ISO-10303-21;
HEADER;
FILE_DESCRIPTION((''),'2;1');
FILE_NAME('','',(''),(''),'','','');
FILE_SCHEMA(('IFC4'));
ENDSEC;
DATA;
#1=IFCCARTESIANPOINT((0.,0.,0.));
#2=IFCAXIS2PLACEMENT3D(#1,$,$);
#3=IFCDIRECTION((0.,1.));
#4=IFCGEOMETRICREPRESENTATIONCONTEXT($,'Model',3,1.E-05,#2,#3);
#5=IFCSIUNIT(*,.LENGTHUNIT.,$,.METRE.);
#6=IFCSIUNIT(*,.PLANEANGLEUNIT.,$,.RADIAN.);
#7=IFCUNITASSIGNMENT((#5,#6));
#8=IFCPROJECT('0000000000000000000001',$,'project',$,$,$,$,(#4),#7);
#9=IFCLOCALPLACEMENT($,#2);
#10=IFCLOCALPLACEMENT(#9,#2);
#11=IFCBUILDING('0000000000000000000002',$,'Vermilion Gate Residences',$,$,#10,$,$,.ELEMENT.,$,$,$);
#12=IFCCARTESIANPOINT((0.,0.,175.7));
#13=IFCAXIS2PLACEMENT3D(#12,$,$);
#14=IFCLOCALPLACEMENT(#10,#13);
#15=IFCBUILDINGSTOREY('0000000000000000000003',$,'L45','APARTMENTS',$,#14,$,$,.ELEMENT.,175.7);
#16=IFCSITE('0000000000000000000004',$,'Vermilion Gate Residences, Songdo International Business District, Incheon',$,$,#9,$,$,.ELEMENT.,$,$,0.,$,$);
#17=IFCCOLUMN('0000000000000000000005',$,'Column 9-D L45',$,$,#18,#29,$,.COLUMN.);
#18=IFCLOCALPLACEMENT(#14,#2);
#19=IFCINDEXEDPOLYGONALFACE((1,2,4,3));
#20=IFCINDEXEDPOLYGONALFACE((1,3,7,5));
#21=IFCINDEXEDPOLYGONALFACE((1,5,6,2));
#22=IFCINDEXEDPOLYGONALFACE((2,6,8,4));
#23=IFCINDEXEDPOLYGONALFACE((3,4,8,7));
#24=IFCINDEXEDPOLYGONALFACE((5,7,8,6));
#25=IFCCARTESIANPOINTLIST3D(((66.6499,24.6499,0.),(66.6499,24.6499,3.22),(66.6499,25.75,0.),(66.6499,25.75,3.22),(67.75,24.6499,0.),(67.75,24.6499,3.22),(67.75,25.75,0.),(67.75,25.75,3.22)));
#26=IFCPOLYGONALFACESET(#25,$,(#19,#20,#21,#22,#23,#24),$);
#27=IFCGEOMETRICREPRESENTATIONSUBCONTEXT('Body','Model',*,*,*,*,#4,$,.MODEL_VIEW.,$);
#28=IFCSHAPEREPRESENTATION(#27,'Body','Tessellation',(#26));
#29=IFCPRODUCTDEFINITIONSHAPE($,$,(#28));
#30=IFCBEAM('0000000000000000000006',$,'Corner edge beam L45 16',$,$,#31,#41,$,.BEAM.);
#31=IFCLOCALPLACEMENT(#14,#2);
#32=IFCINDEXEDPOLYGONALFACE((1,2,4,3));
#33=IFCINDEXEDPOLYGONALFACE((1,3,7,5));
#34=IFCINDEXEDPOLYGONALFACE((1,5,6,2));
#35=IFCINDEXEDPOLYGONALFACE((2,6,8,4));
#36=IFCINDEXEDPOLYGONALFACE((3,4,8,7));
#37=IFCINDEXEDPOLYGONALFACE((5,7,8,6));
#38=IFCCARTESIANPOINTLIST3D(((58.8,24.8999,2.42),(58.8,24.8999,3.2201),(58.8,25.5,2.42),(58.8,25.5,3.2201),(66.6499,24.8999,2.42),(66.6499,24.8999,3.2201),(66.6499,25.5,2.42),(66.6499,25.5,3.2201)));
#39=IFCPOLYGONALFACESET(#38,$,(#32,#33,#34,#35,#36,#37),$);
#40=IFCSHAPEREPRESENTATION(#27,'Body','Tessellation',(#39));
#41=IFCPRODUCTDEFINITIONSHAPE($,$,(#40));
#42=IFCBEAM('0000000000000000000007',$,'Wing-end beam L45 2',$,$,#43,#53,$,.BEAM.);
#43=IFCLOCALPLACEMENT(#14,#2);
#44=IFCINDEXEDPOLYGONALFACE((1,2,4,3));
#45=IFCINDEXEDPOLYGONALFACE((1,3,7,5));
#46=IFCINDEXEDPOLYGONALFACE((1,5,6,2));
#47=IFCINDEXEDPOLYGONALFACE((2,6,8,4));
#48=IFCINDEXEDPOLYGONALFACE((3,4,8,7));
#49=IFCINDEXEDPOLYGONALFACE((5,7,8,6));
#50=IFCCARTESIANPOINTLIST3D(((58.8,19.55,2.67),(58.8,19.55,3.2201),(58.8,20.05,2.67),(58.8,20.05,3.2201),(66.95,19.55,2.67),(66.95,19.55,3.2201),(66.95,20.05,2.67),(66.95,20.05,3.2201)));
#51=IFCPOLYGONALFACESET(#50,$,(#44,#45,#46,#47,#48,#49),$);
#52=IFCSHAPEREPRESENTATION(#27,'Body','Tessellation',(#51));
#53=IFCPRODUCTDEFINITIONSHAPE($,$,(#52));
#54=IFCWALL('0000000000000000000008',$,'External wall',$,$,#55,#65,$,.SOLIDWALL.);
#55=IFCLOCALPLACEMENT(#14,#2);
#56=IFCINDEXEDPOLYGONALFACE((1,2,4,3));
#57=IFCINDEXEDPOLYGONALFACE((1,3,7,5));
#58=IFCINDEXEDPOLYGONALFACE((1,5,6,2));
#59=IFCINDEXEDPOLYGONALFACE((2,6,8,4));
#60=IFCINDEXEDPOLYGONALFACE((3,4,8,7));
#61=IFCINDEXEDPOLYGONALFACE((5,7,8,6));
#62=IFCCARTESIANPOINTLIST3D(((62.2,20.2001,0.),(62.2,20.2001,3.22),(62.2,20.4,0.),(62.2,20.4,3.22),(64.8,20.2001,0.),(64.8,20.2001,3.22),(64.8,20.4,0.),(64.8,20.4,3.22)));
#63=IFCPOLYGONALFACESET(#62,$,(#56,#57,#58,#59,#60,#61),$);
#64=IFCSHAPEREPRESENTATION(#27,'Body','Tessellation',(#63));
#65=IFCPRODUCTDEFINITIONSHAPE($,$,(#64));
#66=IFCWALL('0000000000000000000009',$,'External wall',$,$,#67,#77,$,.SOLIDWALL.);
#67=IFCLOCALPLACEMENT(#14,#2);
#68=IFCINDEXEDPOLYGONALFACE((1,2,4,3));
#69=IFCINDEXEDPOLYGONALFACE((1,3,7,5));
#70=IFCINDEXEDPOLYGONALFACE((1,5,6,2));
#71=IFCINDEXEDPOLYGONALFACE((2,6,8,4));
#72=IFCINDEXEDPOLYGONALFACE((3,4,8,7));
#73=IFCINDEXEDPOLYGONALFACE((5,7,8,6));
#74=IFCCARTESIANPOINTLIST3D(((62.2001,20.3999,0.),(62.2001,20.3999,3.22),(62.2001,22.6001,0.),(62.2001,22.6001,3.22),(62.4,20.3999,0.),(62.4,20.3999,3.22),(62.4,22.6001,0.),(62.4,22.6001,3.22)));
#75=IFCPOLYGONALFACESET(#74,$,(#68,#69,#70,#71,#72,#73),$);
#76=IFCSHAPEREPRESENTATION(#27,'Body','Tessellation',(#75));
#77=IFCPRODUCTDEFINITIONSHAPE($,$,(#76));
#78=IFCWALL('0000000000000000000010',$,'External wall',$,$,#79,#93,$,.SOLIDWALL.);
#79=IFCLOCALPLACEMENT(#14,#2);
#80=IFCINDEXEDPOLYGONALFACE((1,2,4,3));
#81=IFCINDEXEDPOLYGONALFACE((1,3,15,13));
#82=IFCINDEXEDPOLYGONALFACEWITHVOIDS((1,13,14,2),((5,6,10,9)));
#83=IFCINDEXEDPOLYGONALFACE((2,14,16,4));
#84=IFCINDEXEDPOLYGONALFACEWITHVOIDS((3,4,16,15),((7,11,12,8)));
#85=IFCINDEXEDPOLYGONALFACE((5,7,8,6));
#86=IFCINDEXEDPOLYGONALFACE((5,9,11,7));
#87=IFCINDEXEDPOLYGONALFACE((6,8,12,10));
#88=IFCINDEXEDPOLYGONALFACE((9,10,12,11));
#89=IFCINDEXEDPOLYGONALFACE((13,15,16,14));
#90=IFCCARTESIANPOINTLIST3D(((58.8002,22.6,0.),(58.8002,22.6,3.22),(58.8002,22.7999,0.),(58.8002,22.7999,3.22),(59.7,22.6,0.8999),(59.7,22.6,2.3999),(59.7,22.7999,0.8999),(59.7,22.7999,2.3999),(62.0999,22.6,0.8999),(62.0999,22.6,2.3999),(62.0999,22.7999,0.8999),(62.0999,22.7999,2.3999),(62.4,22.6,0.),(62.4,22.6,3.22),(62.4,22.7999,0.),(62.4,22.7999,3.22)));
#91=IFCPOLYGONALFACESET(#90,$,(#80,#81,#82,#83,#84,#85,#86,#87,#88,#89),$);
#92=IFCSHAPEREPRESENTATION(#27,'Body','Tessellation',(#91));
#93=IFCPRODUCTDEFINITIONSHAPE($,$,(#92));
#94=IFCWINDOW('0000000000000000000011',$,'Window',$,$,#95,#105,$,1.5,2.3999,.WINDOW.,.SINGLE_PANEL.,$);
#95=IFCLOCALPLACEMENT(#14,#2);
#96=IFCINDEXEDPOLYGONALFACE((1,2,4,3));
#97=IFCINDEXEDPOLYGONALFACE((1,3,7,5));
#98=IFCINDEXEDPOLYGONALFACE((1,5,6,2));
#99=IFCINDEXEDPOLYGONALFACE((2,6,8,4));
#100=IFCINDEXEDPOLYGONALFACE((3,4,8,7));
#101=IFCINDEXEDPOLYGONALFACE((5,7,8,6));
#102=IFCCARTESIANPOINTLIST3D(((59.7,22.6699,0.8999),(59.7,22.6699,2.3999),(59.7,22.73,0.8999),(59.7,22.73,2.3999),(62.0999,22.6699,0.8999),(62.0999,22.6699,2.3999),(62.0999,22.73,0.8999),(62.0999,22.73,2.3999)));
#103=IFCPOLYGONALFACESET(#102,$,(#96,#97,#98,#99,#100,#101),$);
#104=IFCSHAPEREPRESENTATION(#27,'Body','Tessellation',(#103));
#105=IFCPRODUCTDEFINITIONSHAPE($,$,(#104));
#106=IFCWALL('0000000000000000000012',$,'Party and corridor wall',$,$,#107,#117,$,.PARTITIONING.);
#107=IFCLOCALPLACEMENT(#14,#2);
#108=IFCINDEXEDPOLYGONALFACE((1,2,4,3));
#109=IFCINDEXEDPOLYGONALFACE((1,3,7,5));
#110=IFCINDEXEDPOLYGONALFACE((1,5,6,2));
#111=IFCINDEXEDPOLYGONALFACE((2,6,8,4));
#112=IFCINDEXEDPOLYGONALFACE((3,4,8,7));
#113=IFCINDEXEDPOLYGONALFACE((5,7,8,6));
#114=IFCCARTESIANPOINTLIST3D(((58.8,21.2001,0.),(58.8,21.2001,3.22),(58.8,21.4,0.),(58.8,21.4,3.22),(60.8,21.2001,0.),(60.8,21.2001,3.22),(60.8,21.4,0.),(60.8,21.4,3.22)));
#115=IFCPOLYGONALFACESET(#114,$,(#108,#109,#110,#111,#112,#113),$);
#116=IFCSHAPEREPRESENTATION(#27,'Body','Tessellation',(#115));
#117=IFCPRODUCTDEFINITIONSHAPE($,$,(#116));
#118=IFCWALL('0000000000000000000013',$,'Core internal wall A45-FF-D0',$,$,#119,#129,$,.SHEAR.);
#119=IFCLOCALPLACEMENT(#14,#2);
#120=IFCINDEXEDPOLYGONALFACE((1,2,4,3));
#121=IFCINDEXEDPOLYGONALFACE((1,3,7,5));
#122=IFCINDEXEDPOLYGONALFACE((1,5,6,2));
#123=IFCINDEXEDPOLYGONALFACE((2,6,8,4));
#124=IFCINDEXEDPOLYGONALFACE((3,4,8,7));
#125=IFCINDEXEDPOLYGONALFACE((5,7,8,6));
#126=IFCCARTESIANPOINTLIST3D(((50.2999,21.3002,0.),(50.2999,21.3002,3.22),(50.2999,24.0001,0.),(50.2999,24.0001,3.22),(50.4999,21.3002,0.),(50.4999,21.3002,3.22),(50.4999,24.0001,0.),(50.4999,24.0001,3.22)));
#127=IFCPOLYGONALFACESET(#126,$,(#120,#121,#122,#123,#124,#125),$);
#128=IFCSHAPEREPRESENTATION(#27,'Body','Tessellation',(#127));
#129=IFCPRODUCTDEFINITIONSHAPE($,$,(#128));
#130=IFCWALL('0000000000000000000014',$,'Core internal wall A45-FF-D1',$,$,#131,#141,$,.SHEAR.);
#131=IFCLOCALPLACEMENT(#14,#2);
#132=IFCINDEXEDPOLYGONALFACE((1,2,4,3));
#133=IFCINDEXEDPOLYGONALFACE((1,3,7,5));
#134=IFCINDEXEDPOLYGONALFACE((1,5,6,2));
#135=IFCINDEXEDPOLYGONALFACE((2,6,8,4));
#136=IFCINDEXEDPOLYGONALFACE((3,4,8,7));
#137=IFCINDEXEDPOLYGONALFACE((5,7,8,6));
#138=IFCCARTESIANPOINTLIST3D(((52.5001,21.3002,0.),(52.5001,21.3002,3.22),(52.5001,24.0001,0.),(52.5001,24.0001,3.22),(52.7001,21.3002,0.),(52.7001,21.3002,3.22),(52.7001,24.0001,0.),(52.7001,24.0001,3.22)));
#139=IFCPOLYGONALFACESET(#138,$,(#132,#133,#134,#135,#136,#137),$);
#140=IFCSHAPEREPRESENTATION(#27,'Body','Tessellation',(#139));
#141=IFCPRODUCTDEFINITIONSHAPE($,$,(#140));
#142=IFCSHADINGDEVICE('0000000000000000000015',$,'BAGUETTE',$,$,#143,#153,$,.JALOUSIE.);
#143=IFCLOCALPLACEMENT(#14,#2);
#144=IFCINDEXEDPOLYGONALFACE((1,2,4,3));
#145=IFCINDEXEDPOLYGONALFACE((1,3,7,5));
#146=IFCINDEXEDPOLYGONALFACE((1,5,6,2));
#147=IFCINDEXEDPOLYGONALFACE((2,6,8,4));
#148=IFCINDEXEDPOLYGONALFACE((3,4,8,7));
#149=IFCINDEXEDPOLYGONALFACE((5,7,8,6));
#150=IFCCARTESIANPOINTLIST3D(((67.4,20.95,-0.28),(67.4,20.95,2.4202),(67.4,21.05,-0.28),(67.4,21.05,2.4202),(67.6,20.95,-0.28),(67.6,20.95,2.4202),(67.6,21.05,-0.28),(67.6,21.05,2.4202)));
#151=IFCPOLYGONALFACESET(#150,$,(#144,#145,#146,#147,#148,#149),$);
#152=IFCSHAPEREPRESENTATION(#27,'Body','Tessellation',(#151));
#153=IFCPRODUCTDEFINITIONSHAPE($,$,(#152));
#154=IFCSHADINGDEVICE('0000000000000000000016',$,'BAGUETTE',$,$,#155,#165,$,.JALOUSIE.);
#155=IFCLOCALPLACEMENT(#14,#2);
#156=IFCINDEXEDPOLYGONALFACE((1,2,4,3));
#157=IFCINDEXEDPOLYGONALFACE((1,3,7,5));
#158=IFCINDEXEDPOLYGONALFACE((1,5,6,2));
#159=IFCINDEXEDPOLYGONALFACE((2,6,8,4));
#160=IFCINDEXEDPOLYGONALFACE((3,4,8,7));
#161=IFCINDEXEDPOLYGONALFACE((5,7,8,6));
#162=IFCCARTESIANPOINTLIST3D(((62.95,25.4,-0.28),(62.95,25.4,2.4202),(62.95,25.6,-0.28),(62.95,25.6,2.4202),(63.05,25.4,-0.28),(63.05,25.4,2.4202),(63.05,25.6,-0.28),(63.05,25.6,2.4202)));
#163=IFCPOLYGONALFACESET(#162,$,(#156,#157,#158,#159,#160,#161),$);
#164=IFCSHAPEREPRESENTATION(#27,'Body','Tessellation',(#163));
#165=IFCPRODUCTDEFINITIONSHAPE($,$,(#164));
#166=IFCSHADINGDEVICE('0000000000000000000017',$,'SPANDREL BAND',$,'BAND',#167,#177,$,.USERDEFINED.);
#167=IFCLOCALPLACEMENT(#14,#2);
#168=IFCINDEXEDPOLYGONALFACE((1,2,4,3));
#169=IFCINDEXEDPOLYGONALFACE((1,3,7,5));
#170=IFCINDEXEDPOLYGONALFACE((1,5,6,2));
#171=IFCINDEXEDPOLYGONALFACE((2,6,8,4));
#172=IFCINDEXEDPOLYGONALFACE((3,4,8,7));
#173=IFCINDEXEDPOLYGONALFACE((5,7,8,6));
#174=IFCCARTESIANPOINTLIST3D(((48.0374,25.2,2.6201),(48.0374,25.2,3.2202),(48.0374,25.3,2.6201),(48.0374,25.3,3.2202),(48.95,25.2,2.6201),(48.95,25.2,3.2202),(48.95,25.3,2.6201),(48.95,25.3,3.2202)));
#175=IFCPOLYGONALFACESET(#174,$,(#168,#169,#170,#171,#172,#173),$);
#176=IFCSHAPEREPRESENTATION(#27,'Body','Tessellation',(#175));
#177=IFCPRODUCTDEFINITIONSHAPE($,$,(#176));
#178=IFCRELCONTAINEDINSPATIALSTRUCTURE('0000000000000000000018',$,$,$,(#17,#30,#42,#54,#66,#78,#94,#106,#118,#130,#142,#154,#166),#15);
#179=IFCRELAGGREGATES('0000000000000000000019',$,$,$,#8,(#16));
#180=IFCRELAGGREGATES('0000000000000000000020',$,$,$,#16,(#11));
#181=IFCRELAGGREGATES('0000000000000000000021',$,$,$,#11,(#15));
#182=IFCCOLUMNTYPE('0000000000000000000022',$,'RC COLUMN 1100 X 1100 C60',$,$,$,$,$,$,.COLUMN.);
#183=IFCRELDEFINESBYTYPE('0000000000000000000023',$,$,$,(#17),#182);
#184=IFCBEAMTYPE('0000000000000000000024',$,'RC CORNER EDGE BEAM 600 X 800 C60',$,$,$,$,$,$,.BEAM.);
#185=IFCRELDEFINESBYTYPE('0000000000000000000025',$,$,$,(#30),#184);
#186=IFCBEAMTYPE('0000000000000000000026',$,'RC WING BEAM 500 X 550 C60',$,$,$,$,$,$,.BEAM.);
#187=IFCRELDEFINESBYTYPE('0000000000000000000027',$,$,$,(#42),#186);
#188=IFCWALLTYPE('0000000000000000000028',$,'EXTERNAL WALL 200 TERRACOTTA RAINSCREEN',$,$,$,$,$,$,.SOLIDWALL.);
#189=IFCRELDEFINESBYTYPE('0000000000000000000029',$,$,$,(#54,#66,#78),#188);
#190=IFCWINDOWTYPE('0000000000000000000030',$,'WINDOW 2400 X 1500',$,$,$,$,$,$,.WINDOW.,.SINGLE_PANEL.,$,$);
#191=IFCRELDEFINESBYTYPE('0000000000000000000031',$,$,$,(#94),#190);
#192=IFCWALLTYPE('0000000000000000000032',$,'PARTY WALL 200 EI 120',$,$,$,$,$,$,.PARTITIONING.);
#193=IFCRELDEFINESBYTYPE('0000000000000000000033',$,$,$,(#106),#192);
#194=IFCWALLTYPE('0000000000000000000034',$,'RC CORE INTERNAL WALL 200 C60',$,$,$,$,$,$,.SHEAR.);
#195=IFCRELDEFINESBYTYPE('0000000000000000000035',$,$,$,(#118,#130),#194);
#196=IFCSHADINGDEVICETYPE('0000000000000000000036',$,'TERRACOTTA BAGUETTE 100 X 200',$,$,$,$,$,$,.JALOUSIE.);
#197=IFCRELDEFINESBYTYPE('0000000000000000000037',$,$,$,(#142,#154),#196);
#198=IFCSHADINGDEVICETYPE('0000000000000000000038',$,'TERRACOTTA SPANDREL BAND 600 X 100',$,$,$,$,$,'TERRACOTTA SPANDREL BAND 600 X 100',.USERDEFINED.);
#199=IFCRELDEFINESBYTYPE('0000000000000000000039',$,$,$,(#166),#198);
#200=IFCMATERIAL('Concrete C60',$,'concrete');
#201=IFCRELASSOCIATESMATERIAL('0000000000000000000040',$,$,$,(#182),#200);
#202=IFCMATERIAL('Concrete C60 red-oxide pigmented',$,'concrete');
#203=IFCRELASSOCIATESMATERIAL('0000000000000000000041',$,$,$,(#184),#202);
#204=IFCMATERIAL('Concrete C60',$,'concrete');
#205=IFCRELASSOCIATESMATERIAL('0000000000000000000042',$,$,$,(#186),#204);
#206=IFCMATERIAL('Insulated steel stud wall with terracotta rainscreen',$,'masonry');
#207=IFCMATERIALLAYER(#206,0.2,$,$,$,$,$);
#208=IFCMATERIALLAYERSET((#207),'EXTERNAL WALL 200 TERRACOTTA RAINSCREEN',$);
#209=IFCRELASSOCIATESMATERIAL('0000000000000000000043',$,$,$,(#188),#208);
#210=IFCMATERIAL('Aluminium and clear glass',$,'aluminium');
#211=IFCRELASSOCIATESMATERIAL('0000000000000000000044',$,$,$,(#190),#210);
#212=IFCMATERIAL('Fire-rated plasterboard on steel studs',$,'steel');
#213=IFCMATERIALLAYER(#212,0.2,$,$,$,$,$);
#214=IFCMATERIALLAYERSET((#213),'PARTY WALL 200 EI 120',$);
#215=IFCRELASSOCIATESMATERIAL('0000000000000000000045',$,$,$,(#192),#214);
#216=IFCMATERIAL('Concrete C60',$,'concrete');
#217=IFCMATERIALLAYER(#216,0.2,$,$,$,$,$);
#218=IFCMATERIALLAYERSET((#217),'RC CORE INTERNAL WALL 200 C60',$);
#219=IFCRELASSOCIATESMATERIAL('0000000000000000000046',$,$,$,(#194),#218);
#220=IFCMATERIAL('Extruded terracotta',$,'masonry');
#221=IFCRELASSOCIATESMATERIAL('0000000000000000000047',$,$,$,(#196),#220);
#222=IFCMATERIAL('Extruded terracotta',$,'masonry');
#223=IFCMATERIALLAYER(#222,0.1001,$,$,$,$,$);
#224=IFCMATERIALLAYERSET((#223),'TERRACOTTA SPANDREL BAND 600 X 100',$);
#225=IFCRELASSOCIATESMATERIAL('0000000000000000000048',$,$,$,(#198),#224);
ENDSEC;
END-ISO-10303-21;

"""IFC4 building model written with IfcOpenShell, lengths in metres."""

from ifc_helpers import new_model, si_unit, direction, frame, frame_2d, origin, origin_2d, place, context, subcontext, project, spatial, rectangle, extrude, material, layer, layer_set, material_profile, profile_set, type_object, element, fill, save


model = new_model("IFC4")

# Units and contexts
model_context = context("Model", 3, precision=1e-05, world=origin(), true_north=direction((0.0, 1.0)))
body_context = subcontext(model_context, "Body", "Model", "MODEL_VIEW")
ifc_project = project(units=[si_unit("LENGTHUNIT", "METRE"), si_unit("PLANEANGLEUNIT", "RADIAN")], contexts=[model_context])

# Site, building, storey
site_placement = place(None, origin())
site = spatial("IfcSite", under=ifc_project, at=site_placement, Name="Vermilion Gate Residences, Songdo International Business District, Incheon", CompositionType="ELEMENT", RefElevation=0.0)
building_placement = place(site_placement, origin())
building = spatial("IfcBuilding", under=site, at=building_placement, Name="Vermilion Gate Residences", CompositionType="ELEMENT")
storey_placement = place(building_placement, frame((0.0, 0.0, 175.7)))
storey = spatial("IfcBuildingStorey", under=building, at=storey_placement, Name="L45", Description="APARTMENTS", CompositionType="ELEMENT", Elevation=175.7)

# Column
ifc_material_1 = material(Name="Concrete C60", Category="concrete")
ifc_material_profile_1 = material_profile(ifc_material_1, rectangle(XDim=1.1001, YDim=1.1001, at=origin_2d()), Name="RC-1100x1100")
ifc_profile_set_1 = profile_set([ifc_material_profile_1], Name="Concrete C60")
column_type = type_object("IfcColumnType", Name="RC COLUMN 1100 X 1100 C60", PredefinedType="COLUMN", material=ifc_profile_set_1)
column_placement = place(storey_placement, frame((67.2, 25.2, 0.0), z_axis=(0.0, 0.0, 1.0), x_axis=(1.0, 0.0, 0.0)))
element("IfcColumn", 1, at=column_placement, inside=storey, type_object=column_type, Name="Column 9-D L45", PredefinedType="COLUMN", context=body_context, shape_type="SweptSolid", body=[
    extrude(rectangle(XDim=1.1001, YDim=1.1001, at=origin_2d()), origin(), (0.0, 0.0, 1.0), 3.22),
])

# Beams
ifc_material_2 = material(Name="Concrete C60 red-oxide pigmented", Category="concrete")
ifc_material_profile_2 = material_profile(ifc_material_2, rectangle(XDim=0.6001, YDim=0.8, at=origin_2d()), Name="RC-600x800")
ifc_profile_set_2 = profile_set([ifc_material_profile_2], Name="Concrete C60 red-oxide pigmented")
beam_type_1 = type_object("IfcBeamType", Name="RC CORNER EDGE BEAM 600 X 800 C60", PredefinedType="BEAM", material=ifc_profile_set_2)
beam_1_placement = place(storey_placement, frame((58.8, 25.2, 2.8201), z_axis=(1.0, 0.0, 0.0), x_axis=(0.0, 1.0, 0.0)))
element("IfcBeam", 2, at=beam_1_placement, inside=storey, type_object=beam_type_1, Name="Corner edge beam L45 16", PredefinedType="BEAM", context=body_context, shape_type="SweptSolid", body=[
    extrude(rectangle(XDim=0.6001, YDim=0.8, at=origin_2d()), origin(), (0.0, 0.0, 1.0), 7.8499),
])
ifc_material_3 = material(Name="Concrete C60", Category="concrete")
ifc_material_profile_3 = material_profile(ifc_material_3, rectangle(XDim=0.5, YDim=0.55, at=origin_2d()), Name="RC-500x550")
ifc_profile_set_3 = profile_set([ifc_material_profile_3], Name="Concrete C60")
beam_type_2 = type_object("IfcBeamType", Name="RC WING BEAM 500 X 550 C60", PredefinedType="BEAM", material=ifc_profile_set_3)
beam_2_placement = place(storey_placement, frame((58.8, 19.8, 2.9451), z_axis=(1.0, 0.0, 0.0), x_axis=(0.0, 1.0, 0.0)))
element("IfcBeam", 3, at=beam_2_placement, inside=storey, type_object=beam_type_2, Name="Wing-end beam L45 2", PredefinedType="BEAM", context=body_context, shape_type="SweptSolid", body=[
    extrude(rectangle(XDim=0.5, YDim=0.55, at=origin_2d()), origin(), (0.0, 0.0, 1.0), 8.1499),
])

# Walls
ifc_material_4 = material(Name="Insulated steel stud wall with terracotta rainscreen", Category="masonry")
ifc_layer_1 = layer(ifc_material_4, 0.2)
ifc_layer_set_1 = layer_set([ifc_layer_1], Name="EXTERNAL WALL 200 TERRACOTTA RAINSCREEN")
wall_type_1 = type_object("IfcWallType", Name="EXTERNAL WALL 200 TERRACOTTA RAINSCREEN", PredefinedType="SOLIDWALL", material=ifc_layer_set_1)
wall_1_placement = place(storey_placement, frame((64.8, 20.3, 0.0), z_axis=(0.0, 0.0, 1.0), x_axis=(-1.0, 0.0, 0.0)))
element("IfcWall", 4, at=wall_1_placement, inside=storey, type_object=wall_type_1, Name="External wall", PredefinedType="SOLIDWALL", context=body_context, shape_type="SweptSolid", body=[
    extrude(rectangle(XDim=2.6001, YDim=0.2, at=frame_2d((1.3, 0.0))), origin(), (0.0, 0.0, 1.0), 3.22),
])
wall_2_placement = place(storey_placement, frame((62.3, 20.3999, 0.0), z_axis=(0.0, 0.0, 1.0), x_axis=(0.0, 1.0, 0.0)))
element("IfcWall", 5, at=wall_2_placement, inside=storey, type_object=wall_type_1, Name="External wall", PredefinedType="SOLIDWALL", context=body_context, shape_type="SweptSolid", body=[
    extrude(rectangle(XDim=2.2002, YDim=0.2, at=frame_2d((1.1001, 0.0))), origin(), (0.0, 0.0, 1.0), 3.22),
])

# Wall, opening, window
wall_3_placement = place(storey_placement, frame((62.3999, 22.7, 0.0), z_axis=(0.0, 0.0, 1.0), x_axis=(-1.0, 0.0, 0.0)))
wall_3 = element("IfcWall", 6, at=wall_3_placement, inside=storey, type_object=wall_type_1, Name="External wall", PredefinedType="SOLIDWALL", context=body_context, shape_type="SweptSolid", body=[
    extrude(rectangle(XDim=3.5999, YDim=0.2, at=frame_2d((1.7998, 0.0))), origin(), (0.0, 0.0, 1.0), 3.22),
])
opening_placement = place(wall_3_placement, frame((0.3, 0.0, 0.8999)))
opening = element("IfcOpeningElement", 7, at=opening_placement, cuts=wall_3, PredefinedType="OPENING", context=body_context, shape_type="SweptSolid", body=[
    extrude(rectangle(XDim=2.3999, YDim=1.5, at=frame_2d((1.2, 0.75))), frame((0.0, 0.1099, 0.0), z_axis=(0.0, -1.0, 0.0), x_axis=(1.0, 0.0, 0.0)), (0.0, 0.0, 1.0), 0.22),
])
ifc_material_5 = material(Name="Aluminium and clear glass", Category="aluminium")
window_type = type_object("IfcWindowType", Name="WINDOW 2400 X 1500", PartitioningType="SINGLE_PANEL", PredefinedType="WINDOW", material=ifc_material_5)
window_placement = place(opening_placement, origin())
window = element("IfcWindow", 8, at=window_placement, inside=storey, type_object=window_type, Name="Window", OverallHeight=1.5, OverallWidth=2.3999, PartitioningType="SINGLE_PANEL", PredefinedType="WINDOW", context=body_context, shape_type="SweptSolid", body=[
    extrude(rectangle(XDim=2.3999, YDim=1.5, at=frame_2d((1.2, 0.75))), frame((0.0, 0.03, 0.0), z_axis=(0.0, -1.0, 0.0), x_axis=(1.0, 0.0, 0.0)), (0.0, 0.0, 1.0), 0.0601),
])
fill(opening, window)

# Walls
ifc_material_6 = material(Name="Fire-rated plasterboard on steel studs", Category="steel")
ifc_layer_2 = layer(ifc_material_6, 0.2)
ifc_layer_set_2 = layer_set([ifc_layer_2], Name="PARTY WALL 200 EI 120")
wall_type_2 = type_object("IfcWallType", Name="PARTY WALL 200 EI 120", PredefinedType="PARTITIONING", material=ifc_layer_set_2)
wall_4_placement = place(storey_placement, frame((58.8, 21.3, 0.0), z_axis=(0.0, 0.0, 1.0), x_axis=(1.0, 0.0, 0.0)))
element("IfcWall", 9, at=wall_4_placement, inside=storey, type_object=wall_type_2, Name="Party and corridor wall", PredefinedType="PARTITIONING", context=body_context, shape_type="SweptSolid", body=[
    extrude(rectangle(XDim=2.0, YDim=0.2, at=frame_2d((1.0, 0.0))), origin(), (0.0, 0.0, 1.0), 3.22),
])
ifc_material_7 = material(Name="Concrete C60", Category="concrete")
ifc_layer_3 = layer(ifc_material_7, 0.2)
ifc_layer_set_3 = layer_set([ifc_layer_3], Name="RC CORE INTERNAL WALL 200 C60")
wall_type_3 = type_object("IfcWallType", Name="RC CORE INTERNAL WALL 200 C60", PredefinedType="SHEAR", material=ifc_layer_set_3)
for number, where, z_axis, x_axis, name in (
    (10, (50.3999, 21.3, 0.0), (0.0, 0.0, 1.0), (0.0, 1.0, 0.0), "Core internal wall A45-FF-D0"),
    (11, (52.6001, 21.3, 0.0), (0.0, 0.0, 1.0), (0.0, 1.0, 0.0), "Core internal wall A45-FF-D1"),
):
    element("IfcWall", number, at=place(storey_placement, frame(where, z_axis=z_axis, x_axis=x_axis)), inside=storey, type_object=wall_type_3, Name=name, PredefinedType="SHEAR", context=body_context, shape_type="SweptSolid", body=[
        extrude(rectangle(XDim=2.7, YDim=0.2, at=frame_2d((1.3501, 0.0))), origin(), (0.0, 0.0, 1.0), 3.22),
    ])

# Shading devices
ifc_material_8 = material(Name="Extruded terracotta", Category="masonry")
ifc_material_profile_4 = material_profile(ifc_material_8, rectangle(XDim=0.2, YDim=0.1001, at=origin_2d()), Name="BAGUETTE 100 X 200")
ifc_profile_set_4 = profile_set([ifc_material_profile_4], Name="Extruded terracotta")
shading_device_type_1 = type_object("IfcShadingDeviceType", Name="TERRACOTTA BAGUETTE 100 X 200", PredefinedType="JALOUSIE", material=ifc_profile_set_4)
for number, where, z_axis, x_axis, name in (
    (12, (67.5, 21.0, -0.28), (0.0, 0.0, 1.0), (-1.0, 0.0, 0.0), "BAGUETTE"),
    (13, (63.0, 25.5, -0.28), (0.0, 0.0, 1.0), (0.0, -1.0, 0.0), "BAGUETTE"),
):
    element("IfcShadingDevice", number, at=place(storey_placement, frame(where, z_axis=z_axis, x_axis=x_axis)), inside=storey, type_object=shading_device_type_1, Name=name, PredefinedType="JALOUSIE", context=body_context, shape_type="SweptSolid", body=[
        extrude(rectangle(XDim=0.2, YDim=0.1001, at=origin_2d()), origin(), (0.0, 0.0, 1.0), 2.7002),
    ])
ifc_material_9 = material(Name="Extruded terracotta", Category="masonry")
ifc_layer_4 = layer(ifc_material_9, 0.1001)
ifc_layer_set_4 = layer_set([ifc_layer_4], Name="TERRACOTTA SPANDREL BAND 600 X 100")
shading_device_type_2 = type_object("IfcShadingDeviceType", Name="TERRACOTTA SPANDREL BAND 600 X 100", ElementType="TERRACOTTA SPANDREL BAND 600 X 100", PredefinedType="USERDEFINED", material=ifc_layer_set_4)
shading_device_1_placement = place(storey_placement, frame((48.4937, 25.25, 2.6201), z_axis=(0.0, 0.0, 1.0), x_axis=(1.0, 0.0, 0.0)))
element("IfcShadingDevice", 14, at=shading_device_1_placement, inside=storey, type_object=shading_device_type_2, Name="SPANDREL BAND", ObjectType="BAND", PredefinedType="USERDEFINED", context=body_context, shape_type="SweptSolid", body=[
    extrude(rectangle(XDim=0.9126, YDim=0.1001, at=origin_2d()), origin(), (0.0, 0.0, 1.0), 0.6001),
])

save(model, "model.ifc")
